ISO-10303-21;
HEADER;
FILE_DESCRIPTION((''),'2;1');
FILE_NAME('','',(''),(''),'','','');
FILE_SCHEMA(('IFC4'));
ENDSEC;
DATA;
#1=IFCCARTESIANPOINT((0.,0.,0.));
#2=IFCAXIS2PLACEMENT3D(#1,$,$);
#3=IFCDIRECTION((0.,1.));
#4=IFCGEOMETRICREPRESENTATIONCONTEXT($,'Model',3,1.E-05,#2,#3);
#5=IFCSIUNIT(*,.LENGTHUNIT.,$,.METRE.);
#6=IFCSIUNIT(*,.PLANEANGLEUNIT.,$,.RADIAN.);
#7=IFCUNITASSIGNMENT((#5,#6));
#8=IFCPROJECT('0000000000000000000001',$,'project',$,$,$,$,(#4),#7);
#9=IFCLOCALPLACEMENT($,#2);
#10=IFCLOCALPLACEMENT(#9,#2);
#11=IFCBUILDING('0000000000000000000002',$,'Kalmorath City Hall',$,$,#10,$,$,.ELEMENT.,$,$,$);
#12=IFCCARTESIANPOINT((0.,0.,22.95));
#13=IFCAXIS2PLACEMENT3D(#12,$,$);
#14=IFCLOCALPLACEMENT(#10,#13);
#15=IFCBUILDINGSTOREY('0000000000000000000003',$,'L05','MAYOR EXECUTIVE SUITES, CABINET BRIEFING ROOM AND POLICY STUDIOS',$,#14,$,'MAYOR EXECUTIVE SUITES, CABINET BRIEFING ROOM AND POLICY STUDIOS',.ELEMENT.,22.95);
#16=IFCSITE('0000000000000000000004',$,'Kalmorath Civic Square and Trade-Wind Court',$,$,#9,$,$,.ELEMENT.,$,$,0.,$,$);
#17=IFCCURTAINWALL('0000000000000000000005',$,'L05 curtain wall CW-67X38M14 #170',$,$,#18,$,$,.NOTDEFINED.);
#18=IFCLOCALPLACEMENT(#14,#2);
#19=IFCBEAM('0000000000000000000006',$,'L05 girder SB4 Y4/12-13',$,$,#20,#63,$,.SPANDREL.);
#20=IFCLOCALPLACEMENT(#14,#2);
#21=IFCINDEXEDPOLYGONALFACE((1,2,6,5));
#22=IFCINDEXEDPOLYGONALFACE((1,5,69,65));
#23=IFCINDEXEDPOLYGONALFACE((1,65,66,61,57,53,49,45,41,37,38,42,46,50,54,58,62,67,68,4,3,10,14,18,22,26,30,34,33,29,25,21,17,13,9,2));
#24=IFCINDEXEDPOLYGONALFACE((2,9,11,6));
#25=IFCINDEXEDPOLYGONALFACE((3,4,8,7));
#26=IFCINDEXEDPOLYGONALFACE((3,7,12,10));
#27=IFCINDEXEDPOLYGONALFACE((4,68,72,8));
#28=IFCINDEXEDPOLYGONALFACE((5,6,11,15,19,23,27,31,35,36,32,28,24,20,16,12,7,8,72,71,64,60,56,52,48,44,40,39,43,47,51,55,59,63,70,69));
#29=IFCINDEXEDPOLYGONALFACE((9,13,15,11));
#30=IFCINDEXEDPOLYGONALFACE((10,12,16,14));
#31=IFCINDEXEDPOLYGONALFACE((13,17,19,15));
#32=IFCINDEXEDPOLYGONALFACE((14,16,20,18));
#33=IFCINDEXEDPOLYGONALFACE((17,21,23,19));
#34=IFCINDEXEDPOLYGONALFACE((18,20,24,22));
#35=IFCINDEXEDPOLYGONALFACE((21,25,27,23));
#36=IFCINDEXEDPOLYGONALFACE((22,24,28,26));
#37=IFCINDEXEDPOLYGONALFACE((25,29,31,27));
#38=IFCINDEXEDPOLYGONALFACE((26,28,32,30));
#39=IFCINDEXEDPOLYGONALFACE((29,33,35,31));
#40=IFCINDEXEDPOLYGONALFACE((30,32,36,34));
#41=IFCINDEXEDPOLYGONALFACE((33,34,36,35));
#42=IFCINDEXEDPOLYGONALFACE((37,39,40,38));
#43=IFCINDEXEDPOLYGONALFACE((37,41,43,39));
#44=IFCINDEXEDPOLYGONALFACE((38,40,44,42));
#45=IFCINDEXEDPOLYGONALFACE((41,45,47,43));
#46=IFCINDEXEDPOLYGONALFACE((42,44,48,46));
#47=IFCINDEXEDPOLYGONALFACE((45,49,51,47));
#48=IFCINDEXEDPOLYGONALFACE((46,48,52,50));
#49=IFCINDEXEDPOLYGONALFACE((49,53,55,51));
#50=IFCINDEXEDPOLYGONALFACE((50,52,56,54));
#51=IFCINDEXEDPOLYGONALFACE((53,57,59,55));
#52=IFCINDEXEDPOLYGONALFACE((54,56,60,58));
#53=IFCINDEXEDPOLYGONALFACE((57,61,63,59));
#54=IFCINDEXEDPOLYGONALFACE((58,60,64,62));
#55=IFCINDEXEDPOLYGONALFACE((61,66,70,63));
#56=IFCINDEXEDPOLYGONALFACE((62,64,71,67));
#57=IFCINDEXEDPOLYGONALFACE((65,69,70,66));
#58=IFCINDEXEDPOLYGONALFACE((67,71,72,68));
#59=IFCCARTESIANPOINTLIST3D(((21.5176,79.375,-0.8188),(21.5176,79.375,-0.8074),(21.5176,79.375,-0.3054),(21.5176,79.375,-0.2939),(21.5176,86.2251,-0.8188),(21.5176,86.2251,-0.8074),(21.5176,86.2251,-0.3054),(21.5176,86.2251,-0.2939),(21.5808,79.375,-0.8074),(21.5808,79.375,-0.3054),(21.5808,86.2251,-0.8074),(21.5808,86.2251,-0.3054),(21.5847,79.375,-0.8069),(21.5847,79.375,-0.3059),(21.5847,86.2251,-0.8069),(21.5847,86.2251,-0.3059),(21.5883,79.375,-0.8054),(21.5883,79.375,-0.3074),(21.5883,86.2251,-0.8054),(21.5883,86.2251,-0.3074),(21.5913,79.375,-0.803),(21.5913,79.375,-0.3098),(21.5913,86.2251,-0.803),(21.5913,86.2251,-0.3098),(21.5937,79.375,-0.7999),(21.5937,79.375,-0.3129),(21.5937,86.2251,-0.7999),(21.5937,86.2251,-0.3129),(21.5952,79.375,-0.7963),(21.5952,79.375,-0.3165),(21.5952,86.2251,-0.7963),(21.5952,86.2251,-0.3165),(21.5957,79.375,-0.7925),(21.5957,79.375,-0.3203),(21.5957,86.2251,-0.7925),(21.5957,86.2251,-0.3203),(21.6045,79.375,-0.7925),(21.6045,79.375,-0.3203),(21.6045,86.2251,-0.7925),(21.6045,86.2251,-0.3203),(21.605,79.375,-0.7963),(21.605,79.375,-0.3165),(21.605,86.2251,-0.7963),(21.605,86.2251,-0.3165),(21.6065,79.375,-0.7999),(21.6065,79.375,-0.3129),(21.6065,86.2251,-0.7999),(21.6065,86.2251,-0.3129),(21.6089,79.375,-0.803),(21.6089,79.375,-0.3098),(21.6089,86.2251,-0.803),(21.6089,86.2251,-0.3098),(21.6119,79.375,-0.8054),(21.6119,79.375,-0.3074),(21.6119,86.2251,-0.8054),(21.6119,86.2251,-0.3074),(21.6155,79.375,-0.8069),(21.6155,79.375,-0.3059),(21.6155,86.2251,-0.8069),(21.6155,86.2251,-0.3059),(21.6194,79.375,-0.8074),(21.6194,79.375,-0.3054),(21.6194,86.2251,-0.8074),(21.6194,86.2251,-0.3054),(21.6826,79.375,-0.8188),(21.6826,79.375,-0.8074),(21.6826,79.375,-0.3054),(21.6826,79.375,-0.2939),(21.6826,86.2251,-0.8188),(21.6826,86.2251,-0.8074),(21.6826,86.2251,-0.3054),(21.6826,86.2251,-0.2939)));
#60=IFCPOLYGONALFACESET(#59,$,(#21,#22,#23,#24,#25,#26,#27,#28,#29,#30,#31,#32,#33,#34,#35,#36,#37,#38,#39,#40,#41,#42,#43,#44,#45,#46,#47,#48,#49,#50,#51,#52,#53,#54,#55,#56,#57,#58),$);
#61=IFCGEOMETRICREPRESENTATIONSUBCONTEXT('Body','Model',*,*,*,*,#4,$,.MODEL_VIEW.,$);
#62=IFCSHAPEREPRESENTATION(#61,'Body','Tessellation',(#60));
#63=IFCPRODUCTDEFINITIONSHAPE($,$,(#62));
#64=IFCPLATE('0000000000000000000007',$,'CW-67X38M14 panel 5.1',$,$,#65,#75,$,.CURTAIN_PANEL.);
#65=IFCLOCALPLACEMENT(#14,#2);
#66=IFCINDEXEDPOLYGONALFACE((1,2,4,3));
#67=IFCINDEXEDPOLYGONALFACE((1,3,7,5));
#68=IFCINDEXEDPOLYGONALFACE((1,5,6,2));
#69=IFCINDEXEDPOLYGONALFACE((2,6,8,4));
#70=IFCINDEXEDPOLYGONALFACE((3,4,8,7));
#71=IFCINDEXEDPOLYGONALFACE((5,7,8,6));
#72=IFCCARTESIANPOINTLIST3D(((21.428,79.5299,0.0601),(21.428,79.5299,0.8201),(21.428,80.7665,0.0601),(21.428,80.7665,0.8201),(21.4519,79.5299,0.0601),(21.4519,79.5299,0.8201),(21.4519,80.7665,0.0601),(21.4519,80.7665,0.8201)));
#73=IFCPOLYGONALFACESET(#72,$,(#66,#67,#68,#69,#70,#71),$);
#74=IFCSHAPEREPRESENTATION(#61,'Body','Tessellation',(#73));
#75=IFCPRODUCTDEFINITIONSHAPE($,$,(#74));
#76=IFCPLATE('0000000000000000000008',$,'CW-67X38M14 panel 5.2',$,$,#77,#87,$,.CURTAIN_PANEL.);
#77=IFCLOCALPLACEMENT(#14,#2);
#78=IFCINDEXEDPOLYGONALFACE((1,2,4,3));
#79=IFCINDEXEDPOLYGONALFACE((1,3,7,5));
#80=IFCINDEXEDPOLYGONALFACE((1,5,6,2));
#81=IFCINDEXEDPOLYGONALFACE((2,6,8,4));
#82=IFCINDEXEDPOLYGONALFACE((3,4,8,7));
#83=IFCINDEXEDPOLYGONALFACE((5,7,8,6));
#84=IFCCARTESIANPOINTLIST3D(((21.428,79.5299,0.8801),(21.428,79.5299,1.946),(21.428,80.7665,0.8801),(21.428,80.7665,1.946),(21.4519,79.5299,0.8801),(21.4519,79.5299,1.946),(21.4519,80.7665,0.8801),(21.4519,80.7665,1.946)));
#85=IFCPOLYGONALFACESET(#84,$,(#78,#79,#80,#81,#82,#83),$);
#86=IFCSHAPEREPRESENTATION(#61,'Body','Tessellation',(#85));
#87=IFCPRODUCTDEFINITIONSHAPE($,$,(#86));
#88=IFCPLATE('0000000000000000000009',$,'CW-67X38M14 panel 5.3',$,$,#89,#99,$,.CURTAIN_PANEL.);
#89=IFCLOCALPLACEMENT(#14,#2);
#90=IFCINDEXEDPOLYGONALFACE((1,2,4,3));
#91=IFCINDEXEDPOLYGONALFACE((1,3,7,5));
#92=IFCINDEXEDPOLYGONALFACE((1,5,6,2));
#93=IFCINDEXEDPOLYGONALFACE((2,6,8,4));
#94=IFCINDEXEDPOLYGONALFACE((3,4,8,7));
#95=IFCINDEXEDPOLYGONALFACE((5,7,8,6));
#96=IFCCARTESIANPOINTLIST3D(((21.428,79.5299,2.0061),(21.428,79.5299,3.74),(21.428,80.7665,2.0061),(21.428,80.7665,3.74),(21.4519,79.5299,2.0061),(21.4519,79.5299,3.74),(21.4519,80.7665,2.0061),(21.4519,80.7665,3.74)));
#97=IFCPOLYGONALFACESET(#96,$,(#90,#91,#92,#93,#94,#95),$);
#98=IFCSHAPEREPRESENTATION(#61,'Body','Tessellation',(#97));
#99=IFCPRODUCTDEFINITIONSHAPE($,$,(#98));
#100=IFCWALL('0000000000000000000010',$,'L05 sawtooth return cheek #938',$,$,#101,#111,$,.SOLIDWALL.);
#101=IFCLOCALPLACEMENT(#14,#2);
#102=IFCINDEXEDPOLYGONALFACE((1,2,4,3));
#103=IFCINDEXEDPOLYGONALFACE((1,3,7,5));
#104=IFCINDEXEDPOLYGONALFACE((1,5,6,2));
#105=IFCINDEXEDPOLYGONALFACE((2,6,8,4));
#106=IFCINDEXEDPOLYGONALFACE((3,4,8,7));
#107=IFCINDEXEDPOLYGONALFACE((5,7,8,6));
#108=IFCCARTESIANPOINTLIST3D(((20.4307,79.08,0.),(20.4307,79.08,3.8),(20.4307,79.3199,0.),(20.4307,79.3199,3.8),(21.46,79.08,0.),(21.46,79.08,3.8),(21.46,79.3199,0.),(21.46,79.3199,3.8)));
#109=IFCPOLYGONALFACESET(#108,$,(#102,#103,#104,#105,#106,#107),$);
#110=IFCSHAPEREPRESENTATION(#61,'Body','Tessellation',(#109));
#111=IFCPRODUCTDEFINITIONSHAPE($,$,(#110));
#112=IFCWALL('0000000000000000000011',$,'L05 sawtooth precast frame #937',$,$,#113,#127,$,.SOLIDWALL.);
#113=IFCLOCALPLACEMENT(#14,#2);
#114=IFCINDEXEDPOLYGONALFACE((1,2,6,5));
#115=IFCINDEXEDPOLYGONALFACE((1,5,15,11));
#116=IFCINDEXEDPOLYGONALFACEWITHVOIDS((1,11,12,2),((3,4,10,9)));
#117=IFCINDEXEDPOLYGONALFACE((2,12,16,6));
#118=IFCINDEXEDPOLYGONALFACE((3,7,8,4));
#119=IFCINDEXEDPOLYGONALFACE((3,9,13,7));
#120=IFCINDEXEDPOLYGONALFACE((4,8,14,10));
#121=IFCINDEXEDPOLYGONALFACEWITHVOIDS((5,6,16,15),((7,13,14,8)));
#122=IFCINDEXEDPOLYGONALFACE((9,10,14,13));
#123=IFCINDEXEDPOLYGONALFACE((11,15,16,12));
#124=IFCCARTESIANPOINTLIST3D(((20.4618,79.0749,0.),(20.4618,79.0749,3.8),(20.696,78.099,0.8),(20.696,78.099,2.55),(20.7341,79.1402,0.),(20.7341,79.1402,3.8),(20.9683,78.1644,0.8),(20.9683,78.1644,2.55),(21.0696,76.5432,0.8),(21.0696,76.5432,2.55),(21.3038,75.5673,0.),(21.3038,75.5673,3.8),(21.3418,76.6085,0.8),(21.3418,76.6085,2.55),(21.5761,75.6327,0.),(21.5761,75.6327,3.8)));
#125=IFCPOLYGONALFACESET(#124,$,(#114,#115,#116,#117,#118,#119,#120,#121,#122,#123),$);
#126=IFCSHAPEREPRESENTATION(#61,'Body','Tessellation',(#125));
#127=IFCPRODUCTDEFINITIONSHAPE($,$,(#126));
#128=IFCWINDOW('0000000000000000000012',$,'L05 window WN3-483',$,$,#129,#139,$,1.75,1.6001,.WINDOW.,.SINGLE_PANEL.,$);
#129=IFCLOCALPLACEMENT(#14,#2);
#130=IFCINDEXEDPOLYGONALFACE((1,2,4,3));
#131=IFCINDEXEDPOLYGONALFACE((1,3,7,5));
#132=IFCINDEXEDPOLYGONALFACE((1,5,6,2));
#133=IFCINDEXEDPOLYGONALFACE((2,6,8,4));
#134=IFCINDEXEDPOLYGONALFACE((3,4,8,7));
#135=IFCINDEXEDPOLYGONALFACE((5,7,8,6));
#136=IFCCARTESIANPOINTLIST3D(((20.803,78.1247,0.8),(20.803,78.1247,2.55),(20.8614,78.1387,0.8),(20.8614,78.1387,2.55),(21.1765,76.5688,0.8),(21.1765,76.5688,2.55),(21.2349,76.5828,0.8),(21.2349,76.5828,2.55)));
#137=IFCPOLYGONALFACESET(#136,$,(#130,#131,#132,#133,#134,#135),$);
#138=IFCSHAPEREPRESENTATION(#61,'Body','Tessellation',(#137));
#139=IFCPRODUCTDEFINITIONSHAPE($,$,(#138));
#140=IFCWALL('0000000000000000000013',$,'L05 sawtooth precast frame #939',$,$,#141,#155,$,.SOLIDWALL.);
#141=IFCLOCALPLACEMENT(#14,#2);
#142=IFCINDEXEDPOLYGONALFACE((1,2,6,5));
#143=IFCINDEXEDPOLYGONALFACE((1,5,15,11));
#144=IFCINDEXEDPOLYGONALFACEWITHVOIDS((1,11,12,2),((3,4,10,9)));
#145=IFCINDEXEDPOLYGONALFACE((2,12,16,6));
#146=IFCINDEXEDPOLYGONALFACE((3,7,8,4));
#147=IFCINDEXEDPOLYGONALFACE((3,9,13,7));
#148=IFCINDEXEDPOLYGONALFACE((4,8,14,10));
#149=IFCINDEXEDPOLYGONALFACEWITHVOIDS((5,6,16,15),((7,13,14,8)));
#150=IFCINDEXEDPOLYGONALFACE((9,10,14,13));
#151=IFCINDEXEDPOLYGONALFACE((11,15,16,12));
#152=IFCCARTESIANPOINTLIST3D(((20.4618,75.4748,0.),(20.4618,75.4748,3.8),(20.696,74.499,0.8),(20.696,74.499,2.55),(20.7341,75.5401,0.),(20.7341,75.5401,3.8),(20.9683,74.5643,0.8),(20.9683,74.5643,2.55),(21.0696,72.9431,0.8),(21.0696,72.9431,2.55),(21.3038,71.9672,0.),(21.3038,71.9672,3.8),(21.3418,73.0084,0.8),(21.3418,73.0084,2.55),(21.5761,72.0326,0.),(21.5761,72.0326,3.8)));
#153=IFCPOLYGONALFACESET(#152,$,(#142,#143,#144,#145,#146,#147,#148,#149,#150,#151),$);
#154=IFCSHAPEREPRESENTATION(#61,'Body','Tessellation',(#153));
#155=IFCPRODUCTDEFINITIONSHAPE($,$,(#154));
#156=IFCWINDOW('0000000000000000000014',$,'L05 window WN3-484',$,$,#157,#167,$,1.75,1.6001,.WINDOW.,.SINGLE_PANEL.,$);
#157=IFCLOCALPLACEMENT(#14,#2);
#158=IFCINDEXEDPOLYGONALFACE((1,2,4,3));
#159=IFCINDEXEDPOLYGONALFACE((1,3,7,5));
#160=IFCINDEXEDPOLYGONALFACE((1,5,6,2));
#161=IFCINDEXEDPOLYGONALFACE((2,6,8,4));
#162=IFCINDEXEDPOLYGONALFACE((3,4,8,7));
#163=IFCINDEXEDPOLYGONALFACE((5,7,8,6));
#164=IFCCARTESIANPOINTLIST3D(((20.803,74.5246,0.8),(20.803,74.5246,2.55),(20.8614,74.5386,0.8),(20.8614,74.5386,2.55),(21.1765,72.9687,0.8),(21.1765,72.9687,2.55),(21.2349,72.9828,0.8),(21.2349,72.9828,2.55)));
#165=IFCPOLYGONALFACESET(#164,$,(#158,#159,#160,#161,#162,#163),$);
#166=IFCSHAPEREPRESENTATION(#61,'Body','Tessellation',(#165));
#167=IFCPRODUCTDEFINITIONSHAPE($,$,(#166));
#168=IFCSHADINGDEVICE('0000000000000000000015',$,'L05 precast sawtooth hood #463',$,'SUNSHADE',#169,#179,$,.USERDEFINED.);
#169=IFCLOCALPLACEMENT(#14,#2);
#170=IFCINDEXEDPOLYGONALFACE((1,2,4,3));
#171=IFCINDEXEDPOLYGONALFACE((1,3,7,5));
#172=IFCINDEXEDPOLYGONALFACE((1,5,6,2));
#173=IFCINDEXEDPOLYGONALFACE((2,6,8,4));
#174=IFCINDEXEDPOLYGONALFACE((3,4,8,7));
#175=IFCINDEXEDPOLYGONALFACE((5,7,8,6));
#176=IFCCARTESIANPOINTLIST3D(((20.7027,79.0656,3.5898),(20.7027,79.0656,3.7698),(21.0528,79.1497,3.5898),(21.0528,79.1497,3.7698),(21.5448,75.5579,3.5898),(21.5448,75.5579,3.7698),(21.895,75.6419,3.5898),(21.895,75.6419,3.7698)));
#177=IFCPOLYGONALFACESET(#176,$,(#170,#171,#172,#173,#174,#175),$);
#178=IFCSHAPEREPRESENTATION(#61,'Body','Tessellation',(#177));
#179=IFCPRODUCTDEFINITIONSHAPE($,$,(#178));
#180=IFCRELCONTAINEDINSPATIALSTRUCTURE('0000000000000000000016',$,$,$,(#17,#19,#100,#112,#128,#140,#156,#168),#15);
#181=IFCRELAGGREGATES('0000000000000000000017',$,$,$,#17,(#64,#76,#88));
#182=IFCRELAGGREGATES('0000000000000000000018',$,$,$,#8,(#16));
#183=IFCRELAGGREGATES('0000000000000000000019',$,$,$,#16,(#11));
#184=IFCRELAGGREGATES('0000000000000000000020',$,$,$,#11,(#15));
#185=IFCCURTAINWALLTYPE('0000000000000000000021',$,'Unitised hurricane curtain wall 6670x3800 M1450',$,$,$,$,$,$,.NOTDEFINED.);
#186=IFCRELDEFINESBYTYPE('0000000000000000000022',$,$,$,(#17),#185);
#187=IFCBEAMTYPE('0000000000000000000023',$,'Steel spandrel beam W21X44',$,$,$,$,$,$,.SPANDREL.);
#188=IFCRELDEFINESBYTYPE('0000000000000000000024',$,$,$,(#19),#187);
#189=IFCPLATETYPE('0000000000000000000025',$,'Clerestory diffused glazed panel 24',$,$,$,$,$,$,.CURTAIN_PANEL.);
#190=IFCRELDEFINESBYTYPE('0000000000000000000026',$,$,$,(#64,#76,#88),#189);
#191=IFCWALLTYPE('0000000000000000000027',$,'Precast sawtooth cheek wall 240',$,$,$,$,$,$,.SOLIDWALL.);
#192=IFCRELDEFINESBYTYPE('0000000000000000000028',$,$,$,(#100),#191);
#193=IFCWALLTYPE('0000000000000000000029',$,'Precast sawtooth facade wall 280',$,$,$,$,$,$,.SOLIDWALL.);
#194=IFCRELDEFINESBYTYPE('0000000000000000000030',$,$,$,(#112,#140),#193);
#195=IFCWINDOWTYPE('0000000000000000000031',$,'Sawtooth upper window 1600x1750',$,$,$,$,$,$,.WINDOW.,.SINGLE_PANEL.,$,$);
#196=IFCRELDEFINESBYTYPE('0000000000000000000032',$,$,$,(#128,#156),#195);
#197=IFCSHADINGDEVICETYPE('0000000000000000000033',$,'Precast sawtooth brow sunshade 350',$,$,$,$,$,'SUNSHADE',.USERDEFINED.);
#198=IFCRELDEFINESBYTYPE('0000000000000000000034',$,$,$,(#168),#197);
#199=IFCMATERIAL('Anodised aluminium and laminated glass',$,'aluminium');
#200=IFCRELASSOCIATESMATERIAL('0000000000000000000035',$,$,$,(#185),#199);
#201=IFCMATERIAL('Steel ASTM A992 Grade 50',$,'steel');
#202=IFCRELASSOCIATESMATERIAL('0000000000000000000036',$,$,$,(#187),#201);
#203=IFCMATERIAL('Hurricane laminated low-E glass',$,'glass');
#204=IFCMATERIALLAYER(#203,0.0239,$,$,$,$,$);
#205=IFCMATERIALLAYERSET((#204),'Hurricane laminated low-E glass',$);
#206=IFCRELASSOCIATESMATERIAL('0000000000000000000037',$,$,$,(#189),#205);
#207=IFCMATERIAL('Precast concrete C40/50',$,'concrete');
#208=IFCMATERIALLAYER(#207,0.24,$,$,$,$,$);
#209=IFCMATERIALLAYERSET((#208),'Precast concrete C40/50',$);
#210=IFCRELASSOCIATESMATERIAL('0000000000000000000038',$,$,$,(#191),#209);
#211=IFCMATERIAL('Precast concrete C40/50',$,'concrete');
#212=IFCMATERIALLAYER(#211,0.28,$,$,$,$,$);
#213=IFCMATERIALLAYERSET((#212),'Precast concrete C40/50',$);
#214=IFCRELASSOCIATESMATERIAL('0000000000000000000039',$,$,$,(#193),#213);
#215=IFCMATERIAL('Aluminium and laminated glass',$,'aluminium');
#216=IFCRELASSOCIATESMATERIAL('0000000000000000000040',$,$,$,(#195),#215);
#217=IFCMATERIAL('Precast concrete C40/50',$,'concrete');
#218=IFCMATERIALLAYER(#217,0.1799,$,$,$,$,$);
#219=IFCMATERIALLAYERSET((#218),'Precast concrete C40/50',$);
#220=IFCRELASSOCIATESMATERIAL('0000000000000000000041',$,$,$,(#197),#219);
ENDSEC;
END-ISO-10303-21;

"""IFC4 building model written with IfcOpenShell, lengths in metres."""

from ifc_helpers import new_model, si_unit, direction, frame, frame_2d, origin, origin_2d, place, context, subcontext, project, spatial, rectangle, i_section, extrude, material, layer, layer_set, material_profile, profile_set, type_object, element, fill, aggregate, save


model = new_model("IFC4")

# Units and contexts
model_context = context("Model", 3, precision=1e-05, world=origin(), true_north=direction((0.0, 1.0)))
body_context = subcontext(model_context, "Body", "Model", "MODEL_VIEW")
ifc_project = project(units=[si_unit("LENGTHUNIT", "METRE"), si_unit("PLANEANGLEUNIT", "RADIAN")], contexts=[model_context])

# Site, building, storey
site_placement = place(None, origin())
site = spatial("IfcSite", under=ifc_project, at=site_placement, Name="Kalmorath Civic Square and Trade-Wind Court", CompositionType="ELEMENT", RefElevation=0.0)
building_placement = place(site_placement, origin())
building = spatial("IfcBuilding", under=site, at=building_placement, Name="Kalmorath City Hall", CompositionType="ELEMENT")
storey_placement = place(building_placement, frame((0.0, 0.0, 22.95)))
storey = spatial("IfcBuildingStorey", under=building, at=storey_placement, Name="L05", Description="MAYOR EXECUTIVE SUITES, CABINET BRIEFING ROOM AND POLICY STUDIOS", LongName="MAYOR EXECUTIVE SUITES, CABINET BRIEFING ROOM AND POLICY STUDIOS", CompositionType="ELEMENT", Elevation=22.95)

# Curtain wall
ifc_material_1 = material(Name="Anodised aluminium and laminated glass", Category="aluminium")
curtain_wall_type_1 = type_object("IfcCurtainWallType", Name="Unitised hurricane curtain wall 6670x3800 M1450", PredefinedType="NOTDEFINED", material=ifc_material_1)
curtain_wall_1_placement = place(storey_placement, origin())
curtain_wall_1 = element("IfcCurtainWall", 1, at=curtain_wall_1_placement, inside=storey, type_object=curtain_wall_type_1, Name="L05 curtain wall CW-67X38M14 #170", PredefinedType="NOTDEFINED")

# Beam
ifc_material_2 = material(Name="Steel ASTM A992 Grade 50", Category="steel")
ifc_material_profile_1 = material_profile(ifc_material_2, i_section(OverallWidth=0.165, OverallDepth=0.5249, WebThickness=0.0088, FlangeThickness=0.0115, FilletRadius=0.0149, at=origin_2d()), Name="W21X44")
ifc_profile_set_1 = profile_set([ifc_material_profile_1], Name="Steel ASTM A992 Grade 50")
beam_type = type_object("IfcBeamType", Name="Steel spandrel beam W21X44", PredefinedType="SPANDREL", material=ifc_profile_set_1)
beam_1_placement = place(storey_placement, frame((21.6001, 79.375, -0.5564), z_axis=(0.0, 1.0, 0.0), x_axis=(-1.0, 0.0, 0.0)))
element("IfcBeam", 2, at=beam_1_placement, inside=storey, type_object=beam_type, Name="L05 girder SB4 Y4/12-13", PredefinedType="SPANDREL", context=body_context, shape_type="SweptSolid", body=[
    extrude(i_section(OverallWidth=0.165, OverallDepth=0.5249, WebThickness=0.0088, FlangeThickness=0.0115, FilletRadius=0.0149, at=origin_2d()), origin(), (0.0, 0.0, 1.0), 6.8501),
])

# Plates
ifc_material_3 = material(Name="Hurricane laminated low-E glass", Category="glass")
ifc_layer_1 = layer(ifc_material_3, 0.0239)
ifc_layer_set_1 = layer_set([ifc_layer_1], Name="Hurricane laminated low-E glass")
plate_type = type_object("IfcPlateType", Name="Clerestory diffused glazed panel 24", PredefinedType="CURTAIN_PANEL", material=ifc_layer_set_1)
plate_1_placement = place(storey_placement, frame((21.4399, 80.1482, 0.0601), z_axis=(0.0, 0.0, 1.0), x_axis=(0.0, -1.0, 0.0)))
plate_1 = element("IfcPlate", 3, at=plate_1_placement, type_object=plate_type, Name="CW-67X38M14 panel 5.1", PredefinedType="CURTAIN_PANEL", context=body_context, shape_type="SweptSolid", body=[
    extrude(rectangle(XDim=1.2366, YDim=0.0239, at=origin_2d()), origin(), (0.0, 0.0, 1.0), 0.76),
])
plate_2_placement = place(storey_placement, frame((21.4399, 80.1482, 0.8801), z_axis=(0.0, 0.0, 1.0), x_axis=(0.0, -1.0, 0.0)))
plate_2 = element("IfcPlate", 4, at=plate_2_placement, type_object=plate_type, Name="CW-67X38M14 panel 5.2", PredefinedType="CURTAIN_PANEL", context=body_context, shape_type="SweptSolid", body=[
    extrude(rectangle(XDim=1.2366, YDim=0.0239, at=origin_2d()), origin(), (0.0, 0.0, 1.0), 1.0659),
])
plate_3_placement = place(storey_placement, frame((21.4399, 80.1482, 2.0061), z_axis=(0.0, 0.0, 1.0), x_axis=(0.0, -1.0, 0.0)))
plate_3 = element("IfcPlate", 5, at=plate_3_placement, type_object=plate_type, Name="CW-67X38M14 panel 5.3", PredefinedType="CURTAIN_PANEL", context=body_context, shape_type="SweptSolid", body=[
    extrude(rectangle(XDim=1.2366, YDim=0.0239, at=origin_2d()), origin(), (0.0, 0.0, 1.0), 1.7339),
])
aggregate(curtain_wall_1, [plate_1, plate_2, plate_3])

# Wall
ifc_material_4 = material(Name="Precast concrete C40/50", Category="concrete")
ifc_layer_2 = layer(ifc_material_4, 0.24)
ifc_layer_set_2 = layer_set([ifc_layer_2], Name="Precast concrete C40/50")
wall_type_1 = type_object("IfcWallType", Name="Precast sawtooth cheek wall 240", PredefinedType="SOLIDWALL", material=ifc_layer_set_2)
wall_1_placement = place(storey_placement, frame((20.4307, 79.2, 0.0), z_axis=(0.0, 0.0, 1.0), x_axis=(1.0, 0.0, 0.0)))
element("IfcWall", 6, at=wall_1_placement, inside=storey, type_object=wall_type_1, Name="L05 sawtooth return cheek #938", PredefinedType="SOLIDWALL", context=body_context, shape_type="SweptSolid", body=[
    extrude(rectangle(XDim=1.0293, YDim=0.24, at=frame_2d((0.5146, 0.0))), origin(), (0.0, 0.0, 1.0), 3.8),
])

# Walls, openings, windows
ifc_material_5 = material(Name="Precast concrete C40/50", Category="concrete")
ifc_layer_3 = layer(ifc_material_5, 0.28)
ifc_layer_set_3 = layer_set([ifc_layer_3], Name="Precast concrete C40/50")
wall_type_2 = type_object("IfcWallType", Name="Precast sawtooth facade wall 280", PredefinedType="SOLIDWALL", material=ifc_layer_set_3)
wall_2_placement = place(storey_placement, frame((20.5979, 79.1077, 0.0), z_axis=(0.0, 0.0, 1.0), x_axis=(0.233432, -0.972373, 0.0)))
wall_2 = element("IfcWall", 7, at=wall_2_placement, inside=storey, type_object=wall_type_2, Name="L05 sawtooth precast frame #937", PredefinedType="SOLIDWALL", context=body_context, shape_type="SweptSolid", body=[
    extrude(rectangle(XDim=3.6072, YDim=0.28, at=frame_2d((1.8037, 0.0))), origin(), (0.0, 0.0, 1.0), 3.8),
])
opening_1_placement = place(wall_2_placement, frame((1.0037, 0.0, 0.8)))
opening_1 = element("IfcOpeningElement", 8, at=opening_1_placement, cuts=wall_2, PredefinedType="OPENING", context=body_context, shape_type="SweptSolid", body=[
    extrude(rectangle(XDim=1.6001, YDim=1.75, at=frame_2d((0.8, 0.875))), frame((0.0, 0.1499, 0.0), z_axis=(0.0, -1.0, 0.0), x_axis=(1.0, 0.0, 0.0)), (0.0, 0.0, 1.0), 0.3),
])
ifc_material_6 = material(Name="Aluminium and laminated glass", Category="aluminium")
window_type = type_object("IfcWindowType", Name="Sawtooth upper window 1600x1750", PartitioningType="SINGLE_PANEL", PredefinedType="WINDOW", material=ifc_material_6)
window_1_placement = place(opening_1_placement, origin())
window_1 = element("IfcWindow", 9, at=window_1_placement, inside=storey, type_object=window_type, Name="L05 window WN3-483", OverallHeight=1.75, OverallWidth=1.6001, PartitioningType="SINGLE_PANEL", PredefinedType="WINDOW", context=body_context, shape_type="SweptSolid", body=[
    extrude(rectangle(XDim=1.6001, YDim=1.75, at=frame_2d((0.8, 0.875))), frame((0.0, 0.03, 0.0), z_axis=(0.0, -1.0, 0.0), x_axis=(1.0, 0.0, 0.0)), (0.0, 0.0, 1.0), 0.0601),
])
fill(opening_1, window_1)
wall_3_placement = place(storey_placement, frame((20.5979, 75.5076, 0.0), z_axis=(0.0, 0.0, 1.0), x_axis=(0.233432, -0.972373, 0.0)))
wall_3 = element("IfcWall", 10, at=wall_3_placement, inside=storey, type_object=wall_type_2, Name="L05 sawtooth precast frame #939", PredefinedType="SOLIDWALL", context=body_context, shape_type="SweptSolid", body=[
    extrude(rectangle(XDim=3.6072, YDim=0.28, at=frame_2d((1.8037, 0.0))), origin(), (0.0, 0.0, 1.0), 3.8),
])
opening_2_placement = place(wall_3_placement, frame((1.0037, 0.0, 0.8)))
opening_2 = element("IfcOpeningElement", 11, at=opening_2_placement, cuts=wall_3, PredefinedType="OPENING", context=body_context, shape_type="SweptSolid", body=[
    extrude(rectangle(XDim=1.6001, YDim=1.75, at=frame_2d((0.8, 0.875))), frame((0.0, 0.1499, 0.0), z_axis=(0.0, -1.0, 0.0), x_axis=(1.0, 0.0, 0.0)), (0.0, 0.0, 1.0), 0.3),
])
window_2_placement = place(opening_2_placement, origin())
window_2 = element("IfcWindow", 12, at=window_2_placement, inside=storey, type_object=window_type, Name="L05 window WN3-484", OverallHeight=1.75, OverallWidth=1.6001, PartitioningType="SINGLE_PANEL", PredefinedType="WINDOW", context=body_context, shape_type="SweptSolid", body=[
    extrude(rectangle(XDim=1.6001, YDim=1.75, at=frame_2d((0.8, 0.875))), frame((0.0, 0.03, 0.0), z_axis=(0.0, -1.0, 0.0), x_axis=(1.0, 0.0, 0.0)), (0.0, 0.0, 1.0), 0.0601),
])
fill(opening_2, window_2)

# Shading device
ifc_material_7 = material(Name="Precast concrete C40/50", Category="concrete")
ifc_layer_4 = layer(ifc_material_7, 0.1799)
ifc_layer_set_4 = layer_set([ifc_layer_4], Name="Precast concrete C40/50")
shading_device_type = type_object("IfcShadingDeviceType", Name="Precast sawtooth brow sunshade 350", ElementType="SUNSHADE", PredefinedType="USERDEFINED", material=ifc_layer_set_4)
for number, where, z_axis, x_axis, name in (
    (13, (21.2988, 77.3538, 3.5898), (0.0, 0.0, 1.0), (0.233445, -0.97237, 0.0), "L05 precast sawtooth hood #463"),
):
    element("IfcShadingDevice", number, at=place(storey_placement, frame(where, z_axis=z_axis, x_axis=x_axis)), inside=storey, type_object=shading_device_type, Name=name, ObjectType="SUNSHADE", PredefinedType="USERDEFINED", context=body_context, shape_type="SweptSolid", body=[
        extrude(rectangle(XDim=3.6074, YDim=0.3601, at=origin_2d()), origin(), (0.0, 0.0, 1.0), 0.1799),
    ])

save(model, "model.ifc")
